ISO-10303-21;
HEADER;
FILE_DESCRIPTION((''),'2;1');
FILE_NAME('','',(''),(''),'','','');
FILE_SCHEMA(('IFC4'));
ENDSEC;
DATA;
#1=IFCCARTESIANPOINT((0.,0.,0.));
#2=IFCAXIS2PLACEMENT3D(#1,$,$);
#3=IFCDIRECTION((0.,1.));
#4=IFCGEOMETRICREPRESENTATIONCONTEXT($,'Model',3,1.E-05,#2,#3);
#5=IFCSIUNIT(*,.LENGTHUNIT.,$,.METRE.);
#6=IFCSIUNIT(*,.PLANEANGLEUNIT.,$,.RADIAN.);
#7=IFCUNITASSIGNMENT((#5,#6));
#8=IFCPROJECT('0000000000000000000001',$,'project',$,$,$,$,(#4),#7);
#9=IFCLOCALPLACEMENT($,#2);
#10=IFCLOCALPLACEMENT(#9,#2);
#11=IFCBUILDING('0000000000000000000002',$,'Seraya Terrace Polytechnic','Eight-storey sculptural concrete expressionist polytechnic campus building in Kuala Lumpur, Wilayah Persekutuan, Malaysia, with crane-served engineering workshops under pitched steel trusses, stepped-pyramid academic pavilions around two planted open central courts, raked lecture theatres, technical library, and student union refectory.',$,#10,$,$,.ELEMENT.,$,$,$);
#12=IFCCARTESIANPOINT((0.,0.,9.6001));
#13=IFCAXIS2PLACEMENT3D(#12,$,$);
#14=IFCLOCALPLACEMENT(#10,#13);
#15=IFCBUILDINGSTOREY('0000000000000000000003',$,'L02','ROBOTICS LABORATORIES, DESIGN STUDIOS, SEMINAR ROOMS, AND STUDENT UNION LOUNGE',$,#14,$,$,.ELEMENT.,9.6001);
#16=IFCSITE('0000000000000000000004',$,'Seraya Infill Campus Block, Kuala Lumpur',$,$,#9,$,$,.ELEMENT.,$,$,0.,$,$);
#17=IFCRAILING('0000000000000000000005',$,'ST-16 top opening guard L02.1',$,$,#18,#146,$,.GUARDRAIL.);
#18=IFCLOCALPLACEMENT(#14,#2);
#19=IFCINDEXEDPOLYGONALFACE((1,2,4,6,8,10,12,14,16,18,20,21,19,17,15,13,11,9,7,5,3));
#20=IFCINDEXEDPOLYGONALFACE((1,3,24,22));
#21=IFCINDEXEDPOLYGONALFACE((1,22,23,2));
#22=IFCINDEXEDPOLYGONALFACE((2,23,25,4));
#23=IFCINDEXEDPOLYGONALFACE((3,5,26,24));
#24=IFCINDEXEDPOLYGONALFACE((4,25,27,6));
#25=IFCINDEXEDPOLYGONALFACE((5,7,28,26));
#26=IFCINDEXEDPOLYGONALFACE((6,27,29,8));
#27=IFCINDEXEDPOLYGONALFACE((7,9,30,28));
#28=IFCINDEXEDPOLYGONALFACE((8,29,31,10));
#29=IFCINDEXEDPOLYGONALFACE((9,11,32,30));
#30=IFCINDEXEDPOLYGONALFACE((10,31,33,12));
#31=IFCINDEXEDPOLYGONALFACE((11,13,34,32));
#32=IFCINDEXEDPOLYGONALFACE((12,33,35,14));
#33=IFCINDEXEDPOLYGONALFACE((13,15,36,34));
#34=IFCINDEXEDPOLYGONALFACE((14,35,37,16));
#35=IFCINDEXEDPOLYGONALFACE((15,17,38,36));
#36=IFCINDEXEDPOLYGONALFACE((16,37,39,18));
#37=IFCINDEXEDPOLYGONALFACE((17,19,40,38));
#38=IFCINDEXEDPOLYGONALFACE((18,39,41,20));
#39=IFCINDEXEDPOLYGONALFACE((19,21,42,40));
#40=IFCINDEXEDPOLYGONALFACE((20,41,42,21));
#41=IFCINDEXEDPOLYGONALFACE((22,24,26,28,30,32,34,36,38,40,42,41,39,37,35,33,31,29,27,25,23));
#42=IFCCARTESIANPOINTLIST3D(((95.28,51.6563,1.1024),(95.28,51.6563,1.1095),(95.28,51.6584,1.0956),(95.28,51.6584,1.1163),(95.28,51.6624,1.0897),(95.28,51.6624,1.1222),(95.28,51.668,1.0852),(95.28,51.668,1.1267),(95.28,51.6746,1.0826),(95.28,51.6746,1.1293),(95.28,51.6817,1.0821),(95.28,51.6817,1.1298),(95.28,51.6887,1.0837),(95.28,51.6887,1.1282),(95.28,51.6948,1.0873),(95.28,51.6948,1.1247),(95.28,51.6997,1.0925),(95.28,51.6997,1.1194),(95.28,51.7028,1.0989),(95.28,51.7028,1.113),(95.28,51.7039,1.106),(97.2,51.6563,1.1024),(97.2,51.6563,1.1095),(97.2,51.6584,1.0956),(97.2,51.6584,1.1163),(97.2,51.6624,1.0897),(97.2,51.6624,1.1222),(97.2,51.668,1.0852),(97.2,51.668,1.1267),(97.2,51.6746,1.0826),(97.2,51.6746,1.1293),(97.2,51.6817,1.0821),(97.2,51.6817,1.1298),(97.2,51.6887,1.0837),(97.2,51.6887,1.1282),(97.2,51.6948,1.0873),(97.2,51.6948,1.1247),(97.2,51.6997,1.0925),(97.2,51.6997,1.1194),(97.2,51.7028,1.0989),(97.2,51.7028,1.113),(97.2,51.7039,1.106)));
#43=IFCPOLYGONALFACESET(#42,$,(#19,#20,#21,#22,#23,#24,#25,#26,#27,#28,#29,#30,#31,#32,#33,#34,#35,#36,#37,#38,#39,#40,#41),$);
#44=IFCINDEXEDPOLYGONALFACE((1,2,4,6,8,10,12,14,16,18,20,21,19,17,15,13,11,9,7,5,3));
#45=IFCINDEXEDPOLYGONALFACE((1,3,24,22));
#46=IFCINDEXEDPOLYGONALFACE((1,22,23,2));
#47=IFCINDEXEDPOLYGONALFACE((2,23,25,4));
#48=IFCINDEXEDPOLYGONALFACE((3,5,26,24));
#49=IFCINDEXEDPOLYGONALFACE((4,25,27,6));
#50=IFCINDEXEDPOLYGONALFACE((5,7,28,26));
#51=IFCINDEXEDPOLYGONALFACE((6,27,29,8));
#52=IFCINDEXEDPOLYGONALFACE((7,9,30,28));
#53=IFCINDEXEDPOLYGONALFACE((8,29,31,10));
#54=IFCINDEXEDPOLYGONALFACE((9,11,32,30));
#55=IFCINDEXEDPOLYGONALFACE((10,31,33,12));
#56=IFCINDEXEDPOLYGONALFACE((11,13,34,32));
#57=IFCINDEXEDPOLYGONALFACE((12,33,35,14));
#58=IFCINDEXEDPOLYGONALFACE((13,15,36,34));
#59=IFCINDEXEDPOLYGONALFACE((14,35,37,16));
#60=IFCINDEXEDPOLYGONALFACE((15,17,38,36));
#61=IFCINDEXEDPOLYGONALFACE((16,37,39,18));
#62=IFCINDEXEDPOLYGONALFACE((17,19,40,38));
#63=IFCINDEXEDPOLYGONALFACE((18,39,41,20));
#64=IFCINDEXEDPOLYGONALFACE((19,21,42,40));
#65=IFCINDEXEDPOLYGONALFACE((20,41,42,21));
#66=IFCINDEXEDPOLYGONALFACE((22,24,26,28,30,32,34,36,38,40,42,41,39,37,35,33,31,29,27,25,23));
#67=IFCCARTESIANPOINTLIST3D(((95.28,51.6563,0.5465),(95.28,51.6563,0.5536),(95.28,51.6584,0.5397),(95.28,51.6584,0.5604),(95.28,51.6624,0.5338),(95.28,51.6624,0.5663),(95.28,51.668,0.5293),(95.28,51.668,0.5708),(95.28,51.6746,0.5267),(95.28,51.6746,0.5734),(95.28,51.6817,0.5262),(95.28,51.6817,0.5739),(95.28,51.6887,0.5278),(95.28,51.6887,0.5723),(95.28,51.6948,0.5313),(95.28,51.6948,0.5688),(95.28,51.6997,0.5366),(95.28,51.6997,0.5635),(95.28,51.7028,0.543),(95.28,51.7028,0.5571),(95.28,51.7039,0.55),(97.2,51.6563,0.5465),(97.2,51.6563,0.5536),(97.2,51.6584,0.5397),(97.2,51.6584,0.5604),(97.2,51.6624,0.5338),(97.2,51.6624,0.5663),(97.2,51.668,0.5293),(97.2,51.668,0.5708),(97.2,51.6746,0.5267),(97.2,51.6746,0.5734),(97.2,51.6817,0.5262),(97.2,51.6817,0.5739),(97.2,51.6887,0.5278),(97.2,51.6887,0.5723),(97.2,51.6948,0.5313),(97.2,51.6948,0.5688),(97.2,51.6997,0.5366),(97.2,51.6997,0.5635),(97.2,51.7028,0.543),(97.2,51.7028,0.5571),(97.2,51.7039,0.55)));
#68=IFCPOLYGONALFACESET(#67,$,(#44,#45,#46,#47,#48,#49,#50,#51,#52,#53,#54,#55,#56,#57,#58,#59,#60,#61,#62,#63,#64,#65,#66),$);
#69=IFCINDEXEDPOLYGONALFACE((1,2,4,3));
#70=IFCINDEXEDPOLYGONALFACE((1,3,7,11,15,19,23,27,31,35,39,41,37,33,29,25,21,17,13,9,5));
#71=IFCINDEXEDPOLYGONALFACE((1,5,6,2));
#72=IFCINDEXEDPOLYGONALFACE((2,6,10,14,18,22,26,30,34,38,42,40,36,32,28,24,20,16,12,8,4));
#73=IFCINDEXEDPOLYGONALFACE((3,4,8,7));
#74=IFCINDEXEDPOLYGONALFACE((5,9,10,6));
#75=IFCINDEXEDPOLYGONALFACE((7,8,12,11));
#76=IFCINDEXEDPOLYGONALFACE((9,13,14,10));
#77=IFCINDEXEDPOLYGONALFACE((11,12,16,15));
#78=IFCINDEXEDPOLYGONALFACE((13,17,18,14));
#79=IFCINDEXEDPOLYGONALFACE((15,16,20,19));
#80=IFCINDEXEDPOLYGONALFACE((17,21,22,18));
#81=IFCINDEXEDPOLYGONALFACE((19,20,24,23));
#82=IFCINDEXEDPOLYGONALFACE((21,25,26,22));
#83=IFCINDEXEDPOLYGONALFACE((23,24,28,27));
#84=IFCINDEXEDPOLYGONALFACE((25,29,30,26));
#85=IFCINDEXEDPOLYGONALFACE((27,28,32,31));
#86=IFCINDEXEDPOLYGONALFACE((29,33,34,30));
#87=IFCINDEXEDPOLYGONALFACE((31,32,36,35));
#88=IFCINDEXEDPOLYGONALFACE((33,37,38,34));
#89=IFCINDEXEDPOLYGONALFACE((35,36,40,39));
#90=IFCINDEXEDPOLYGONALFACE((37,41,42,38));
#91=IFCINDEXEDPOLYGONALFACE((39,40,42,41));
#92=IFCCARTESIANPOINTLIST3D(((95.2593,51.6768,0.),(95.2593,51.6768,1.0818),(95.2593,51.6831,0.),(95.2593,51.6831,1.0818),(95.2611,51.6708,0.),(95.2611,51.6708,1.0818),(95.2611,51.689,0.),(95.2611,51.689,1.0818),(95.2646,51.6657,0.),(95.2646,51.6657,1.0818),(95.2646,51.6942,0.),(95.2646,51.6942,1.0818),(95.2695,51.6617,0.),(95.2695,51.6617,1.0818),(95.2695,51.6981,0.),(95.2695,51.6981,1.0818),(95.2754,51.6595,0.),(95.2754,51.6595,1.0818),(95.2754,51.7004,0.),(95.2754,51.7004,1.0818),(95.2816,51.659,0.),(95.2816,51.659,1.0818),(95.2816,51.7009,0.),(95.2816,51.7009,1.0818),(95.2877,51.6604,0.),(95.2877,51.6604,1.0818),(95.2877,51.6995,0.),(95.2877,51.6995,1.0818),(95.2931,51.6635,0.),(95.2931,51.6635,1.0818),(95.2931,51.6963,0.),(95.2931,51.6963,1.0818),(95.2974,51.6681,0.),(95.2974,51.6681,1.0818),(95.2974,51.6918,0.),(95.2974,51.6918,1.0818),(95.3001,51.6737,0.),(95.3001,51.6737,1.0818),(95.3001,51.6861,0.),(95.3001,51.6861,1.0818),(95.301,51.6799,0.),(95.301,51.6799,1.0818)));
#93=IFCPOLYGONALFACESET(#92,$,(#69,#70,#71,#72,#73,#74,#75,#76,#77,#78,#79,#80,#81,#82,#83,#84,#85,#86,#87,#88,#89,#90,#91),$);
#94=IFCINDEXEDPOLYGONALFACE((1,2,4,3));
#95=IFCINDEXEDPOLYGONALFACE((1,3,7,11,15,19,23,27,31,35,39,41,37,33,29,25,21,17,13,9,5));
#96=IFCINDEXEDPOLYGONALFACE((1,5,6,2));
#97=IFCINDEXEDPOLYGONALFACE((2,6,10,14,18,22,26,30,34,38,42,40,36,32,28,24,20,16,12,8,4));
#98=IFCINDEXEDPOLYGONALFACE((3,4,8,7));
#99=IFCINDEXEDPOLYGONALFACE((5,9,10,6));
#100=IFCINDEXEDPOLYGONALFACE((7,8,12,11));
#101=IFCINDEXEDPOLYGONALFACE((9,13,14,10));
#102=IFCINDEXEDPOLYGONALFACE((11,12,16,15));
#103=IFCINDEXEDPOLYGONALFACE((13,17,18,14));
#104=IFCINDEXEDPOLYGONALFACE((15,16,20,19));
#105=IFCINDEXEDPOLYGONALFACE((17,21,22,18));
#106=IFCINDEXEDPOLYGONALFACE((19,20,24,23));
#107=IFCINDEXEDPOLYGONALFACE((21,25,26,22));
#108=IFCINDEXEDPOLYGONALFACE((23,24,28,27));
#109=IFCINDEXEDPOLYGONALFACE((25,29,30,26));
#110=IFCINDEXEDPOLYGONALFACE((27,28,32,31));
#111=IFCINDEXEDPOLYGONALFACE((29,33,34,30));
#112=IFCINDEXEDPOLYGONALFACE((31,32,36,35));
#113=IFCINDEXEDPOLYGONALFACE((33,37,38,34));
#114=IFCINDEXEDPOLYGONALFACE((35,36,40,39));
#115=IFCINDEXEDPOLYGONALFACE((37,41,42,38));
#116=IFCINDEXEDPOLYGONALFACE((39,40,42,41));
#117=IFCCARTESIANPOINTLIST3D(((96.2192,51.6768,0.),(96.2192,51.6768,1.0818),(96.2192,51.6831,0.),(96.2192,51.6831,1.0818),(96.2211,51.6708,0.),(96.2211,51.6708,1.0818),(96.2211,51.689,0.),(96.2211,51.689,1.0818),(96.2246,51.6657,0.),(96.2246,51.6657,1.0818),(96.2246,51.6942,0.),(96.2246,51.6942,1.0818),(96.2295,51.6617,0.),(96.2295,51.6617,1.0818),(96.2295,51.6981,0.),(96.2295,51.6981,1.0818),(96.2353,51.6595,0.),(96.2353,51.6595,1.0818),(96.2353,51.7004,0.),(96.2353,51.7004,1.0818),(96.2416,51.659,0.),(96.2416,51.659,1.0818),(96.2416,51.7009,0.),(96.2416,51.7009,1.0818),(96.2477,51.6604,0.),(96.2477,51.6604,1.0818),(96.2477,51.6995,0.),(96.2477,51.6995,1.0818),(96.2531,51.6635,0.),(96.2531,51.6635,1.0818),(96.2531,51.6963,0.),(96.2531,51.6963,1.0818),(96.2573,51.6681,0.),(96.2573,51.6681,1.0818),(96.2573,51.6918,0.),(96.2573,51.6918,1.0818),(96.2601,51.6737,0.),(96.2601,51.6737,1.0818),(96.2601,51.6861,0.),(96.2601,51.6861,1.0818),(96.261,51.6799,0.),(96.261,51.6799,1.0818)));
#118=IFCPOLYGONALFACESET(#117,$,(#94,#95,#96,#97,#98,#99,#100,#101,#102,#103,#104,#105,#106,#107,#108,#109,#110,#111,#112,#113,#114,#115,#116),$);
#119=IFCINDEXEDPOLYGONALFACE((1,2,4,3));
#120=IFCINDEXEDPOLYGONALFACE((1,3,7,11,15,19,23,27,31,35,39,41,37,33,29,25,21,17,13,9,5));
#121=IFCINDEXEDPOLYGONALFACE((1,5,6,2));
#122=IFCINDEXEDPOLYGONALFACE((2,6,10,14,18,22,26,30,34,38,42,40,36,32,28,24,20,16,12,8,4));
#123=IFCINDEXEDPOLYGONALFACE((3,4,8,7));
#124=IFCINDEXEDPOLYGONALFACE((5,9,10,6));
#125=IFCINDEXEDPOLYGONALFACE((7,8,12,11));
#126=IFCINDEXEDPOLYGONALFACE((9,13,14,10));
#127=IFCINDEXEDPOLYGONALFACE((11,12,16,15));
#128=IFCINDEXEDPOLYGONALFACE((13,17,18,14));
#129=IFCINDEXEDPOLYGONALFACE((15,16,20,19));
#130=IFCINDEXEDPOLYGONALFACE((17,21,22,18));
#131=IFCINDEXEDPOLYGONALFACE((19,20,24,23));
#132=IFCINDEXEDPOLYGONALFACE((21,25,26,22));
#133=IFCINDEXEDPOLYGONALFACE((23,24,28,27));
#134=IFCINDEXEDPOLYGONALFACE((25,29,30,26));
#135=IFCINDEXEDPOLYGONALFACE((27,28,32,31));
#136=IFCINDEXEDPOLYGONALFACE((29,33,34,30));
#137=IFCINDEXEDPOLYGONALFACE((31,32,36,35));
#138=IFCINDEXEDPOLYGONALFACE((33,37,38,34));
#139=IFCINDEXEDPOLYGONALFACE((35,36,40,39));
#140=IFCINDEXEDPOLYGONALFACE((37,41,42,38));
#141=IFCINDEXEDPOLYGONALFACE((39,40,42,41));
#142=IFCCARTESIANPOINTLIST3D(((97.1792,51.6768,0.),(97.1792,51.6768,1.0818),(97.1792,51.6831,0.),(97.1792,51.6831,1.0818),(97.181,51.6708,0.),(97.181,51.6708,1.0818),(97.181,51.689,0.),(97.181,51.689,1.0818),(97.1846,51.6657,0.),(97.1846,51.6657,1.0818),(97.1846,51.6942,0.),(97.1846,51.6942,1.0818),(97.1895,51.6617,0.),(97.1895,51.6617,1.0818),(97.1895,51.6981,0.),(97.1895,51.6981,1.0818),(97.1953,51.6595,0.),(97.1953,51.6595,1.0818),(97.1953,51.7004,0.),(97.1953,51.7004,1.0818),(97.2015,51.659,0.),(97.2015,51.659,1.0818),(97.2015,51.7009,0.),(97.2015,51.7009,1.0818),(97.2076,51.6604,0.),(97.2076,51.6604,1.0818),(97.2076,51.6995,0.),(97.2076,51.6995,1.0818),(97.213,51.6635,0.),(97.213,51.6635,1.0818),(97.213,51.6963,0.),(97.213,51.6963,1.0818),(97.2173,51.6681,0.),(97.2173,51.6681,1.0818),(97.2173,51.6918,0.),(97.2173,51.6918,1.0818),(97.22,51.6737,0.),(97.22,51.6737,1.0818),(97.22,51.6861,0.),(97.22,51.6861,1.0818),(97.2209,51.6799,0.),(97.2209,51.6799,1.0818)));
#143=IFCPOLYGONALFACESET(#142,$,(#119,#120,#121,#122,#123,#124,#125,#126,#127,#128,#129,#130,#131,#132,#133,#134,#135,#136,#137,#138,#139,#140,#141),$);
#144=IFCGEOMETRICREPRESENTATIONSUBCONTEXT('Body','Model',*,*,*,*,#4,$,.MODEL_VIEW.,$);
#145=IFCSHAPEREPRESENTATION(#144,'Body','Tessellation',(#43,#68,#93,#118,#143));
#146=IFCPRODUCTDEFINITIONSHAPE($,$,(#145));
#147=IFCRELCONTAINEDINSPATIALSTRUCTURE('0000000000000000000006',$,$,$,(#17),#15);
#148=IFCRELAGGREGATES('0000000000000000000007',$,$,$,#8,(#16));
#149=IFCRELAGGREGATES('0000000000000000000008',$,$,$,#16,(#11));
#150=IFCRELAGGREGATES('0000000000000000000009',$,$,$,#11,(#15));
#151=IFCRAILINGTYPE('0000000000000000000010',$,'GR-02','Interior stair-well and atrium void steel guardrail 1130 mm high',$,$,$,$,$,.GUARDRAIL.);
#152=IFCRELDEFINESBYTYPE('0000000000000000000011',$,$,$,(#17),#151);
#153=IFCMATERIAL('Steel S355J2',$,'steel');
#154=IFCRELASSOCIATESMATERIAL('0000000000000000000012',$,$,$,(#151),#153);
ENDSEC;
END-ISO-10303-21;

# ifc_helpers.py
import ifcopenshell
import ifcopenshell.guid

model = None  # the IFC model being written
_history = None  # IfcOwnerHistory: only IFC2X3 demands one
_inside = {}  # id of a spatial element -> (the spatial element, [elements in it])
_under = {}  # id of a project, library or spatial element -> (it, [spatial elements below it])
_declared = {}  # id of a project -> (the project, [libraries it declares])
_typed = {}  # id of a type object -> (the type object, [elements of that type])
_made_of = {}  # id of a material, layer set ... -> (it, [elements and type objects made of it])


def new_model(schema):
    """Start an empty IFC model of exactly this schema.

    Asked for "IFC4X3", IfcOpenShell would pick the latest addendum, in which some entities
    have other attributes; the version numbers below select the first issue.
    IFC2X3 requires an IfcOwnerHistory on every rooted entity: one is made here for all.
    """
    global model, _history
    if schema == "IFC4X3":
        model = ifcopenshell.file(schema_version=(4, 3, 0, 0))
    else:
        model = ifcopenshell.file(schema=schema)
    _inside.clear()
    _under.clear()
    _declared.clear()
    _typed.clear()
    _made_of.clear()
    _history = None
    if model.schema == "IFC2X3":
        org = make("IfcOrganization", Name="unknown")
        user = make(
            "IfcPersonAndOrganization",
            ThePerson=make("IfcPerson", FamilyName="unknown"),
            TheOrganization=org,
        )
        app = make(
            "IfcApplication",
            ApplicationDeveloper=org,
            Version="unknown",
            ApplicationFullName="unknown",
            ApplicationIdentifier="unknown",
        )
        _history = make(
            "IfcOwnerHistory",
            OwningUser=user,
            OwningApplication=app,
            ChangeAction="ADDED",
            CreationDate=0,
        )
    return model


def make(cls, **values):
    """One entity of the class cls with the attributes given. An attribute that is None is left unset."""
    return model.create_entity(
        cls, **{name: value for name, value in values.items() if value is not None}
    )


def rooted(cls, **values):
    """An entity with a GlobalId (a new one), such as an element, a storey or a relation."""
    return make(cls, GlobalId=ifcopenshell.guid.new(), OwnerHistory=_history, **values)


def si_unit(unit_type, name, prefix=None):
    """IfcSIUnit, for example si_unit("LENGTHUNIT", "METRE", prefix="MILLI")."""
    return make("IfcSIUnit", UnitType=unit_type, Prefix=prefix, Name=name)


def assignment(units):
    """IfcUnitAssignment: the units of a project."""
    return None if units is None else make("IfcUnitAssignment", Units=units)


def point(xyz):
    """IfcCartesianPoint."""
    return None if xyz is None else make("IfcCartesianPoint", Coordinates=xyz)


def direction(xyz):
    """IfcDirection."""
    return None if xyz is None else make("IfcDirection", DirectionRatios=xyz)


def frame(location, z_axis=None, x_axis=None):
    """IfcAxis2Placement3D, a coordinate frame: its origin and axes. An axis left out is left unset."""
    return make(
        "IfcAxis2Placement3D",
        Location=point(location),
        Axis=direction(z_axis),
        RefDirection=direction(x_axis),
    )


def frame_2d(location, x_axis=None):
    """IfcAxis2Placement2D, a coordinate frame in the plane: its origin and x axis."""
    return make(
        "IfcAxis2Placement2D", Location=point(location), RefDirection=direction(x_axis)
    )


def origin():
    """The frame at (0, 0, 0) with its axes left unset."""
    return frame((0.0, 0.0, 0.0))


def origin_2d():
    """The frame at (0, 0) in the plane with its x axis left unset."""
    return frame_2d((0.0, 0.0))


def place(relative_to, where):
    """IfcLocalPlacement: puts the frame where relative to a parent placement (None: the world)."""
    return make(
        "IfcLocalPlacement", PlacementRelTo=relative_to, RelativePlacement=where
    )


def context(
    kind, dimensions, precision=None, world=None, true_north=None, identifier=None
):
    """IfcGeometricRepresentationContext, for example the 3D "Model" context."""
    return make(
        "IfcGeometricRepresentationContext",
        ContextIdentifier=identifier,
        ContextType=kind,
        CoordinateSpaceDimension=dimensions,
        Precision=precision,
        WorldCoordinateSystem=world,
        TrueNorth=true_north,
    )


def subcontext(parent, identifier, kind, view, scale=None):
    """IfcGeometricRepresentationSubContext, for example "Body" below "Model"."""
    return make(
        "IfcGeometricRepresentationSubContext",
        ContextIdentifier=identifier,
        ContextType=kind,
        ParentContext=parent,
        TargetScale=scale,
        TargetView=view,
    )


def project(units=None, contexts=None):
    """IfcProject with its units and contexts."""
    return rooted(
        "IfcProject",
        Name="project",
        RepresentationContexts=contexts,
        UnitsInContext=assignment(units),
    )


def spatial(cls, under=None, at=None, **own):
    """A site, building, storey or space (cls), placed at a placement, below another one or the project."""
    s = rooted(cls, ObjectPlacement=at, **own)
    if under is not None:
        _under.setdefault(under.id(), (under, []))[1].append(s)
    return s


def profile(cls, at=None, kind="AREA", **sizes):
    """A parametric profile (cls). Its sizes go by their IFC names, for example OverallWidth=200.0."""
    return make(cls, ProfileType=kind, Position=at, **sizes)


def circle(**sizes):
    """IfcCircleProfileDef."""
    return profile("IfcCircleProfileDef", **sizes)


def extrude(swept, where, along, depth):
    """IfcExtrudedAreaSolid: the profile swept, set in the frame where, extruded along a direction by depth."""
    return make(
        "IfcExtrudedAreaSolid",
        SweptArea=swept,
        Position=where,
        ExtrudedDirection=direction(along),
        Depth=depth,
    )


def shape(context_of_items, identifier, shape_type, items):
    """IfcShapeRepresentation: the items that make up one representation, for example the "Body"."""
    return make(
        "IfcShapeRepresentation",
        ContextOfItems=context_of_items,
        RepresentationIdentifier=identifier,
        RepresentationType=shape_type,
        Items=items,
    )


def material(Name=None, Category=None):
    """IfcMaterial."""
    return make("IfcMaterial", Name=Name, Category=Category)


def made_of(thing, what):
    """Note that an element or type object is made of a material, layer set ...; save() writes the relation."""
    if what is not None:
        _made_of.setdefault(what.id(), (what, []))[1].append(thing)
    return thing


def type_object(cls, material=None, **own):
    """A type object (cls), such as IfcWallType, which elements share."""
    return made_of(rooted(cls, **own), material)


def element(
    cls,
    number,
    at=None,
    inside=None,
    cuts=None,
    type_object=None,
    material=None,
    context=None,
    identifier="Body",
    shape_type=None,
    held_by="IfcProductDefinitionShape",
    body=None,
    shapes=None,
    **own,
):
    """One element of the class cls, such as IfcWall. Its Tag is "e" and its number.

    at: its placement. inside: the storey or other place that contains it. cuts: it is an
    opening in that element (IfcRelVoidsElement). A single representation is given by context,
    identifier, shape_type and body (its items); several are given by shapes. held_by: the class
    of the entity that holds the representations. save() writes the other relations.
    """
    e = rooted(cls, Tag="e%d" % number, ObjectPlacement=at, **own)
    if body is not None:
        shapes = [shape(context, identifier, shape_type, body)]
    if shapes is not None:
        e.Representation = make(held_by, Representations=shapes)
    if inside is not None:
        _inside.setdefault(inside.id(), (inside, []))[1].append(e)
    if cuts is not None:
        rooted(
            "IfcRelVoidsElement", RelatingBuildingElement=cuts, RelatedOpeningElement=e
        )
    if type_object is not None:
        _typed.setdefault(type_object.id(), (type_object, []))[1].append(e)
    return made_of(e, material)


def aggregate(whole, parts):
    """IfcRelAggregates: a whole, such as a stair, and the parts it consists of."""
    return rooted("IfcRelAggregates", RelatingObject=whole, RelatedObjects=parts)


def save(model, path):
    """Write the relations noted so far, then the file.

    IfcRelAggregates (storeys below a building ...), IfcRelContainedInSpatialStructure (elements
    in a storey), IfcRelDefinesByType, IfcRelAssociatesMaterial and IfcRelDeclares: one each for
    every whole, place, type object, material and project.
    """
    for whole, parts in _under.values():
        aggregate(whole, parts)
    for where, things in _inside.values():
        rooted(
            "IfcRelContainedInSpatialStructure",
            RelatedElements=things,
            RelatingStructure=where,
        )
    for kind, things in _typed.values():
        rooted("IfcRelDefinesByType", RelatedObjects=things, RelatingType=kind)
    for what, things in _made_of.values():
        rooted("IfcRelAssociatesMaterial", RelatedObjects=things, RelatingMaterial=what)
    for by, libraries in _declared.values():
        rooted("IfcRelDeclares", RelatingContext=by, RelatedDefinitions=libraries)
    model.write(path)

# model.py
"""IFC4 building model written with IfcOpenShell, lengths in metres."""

from ifc_helpers import new_model, si_unit, direction, frame, origin, origin_2d, place, context, subcontext, project, spatial, circle, extrude, material, type_object, element, save


model = new_model("IFC4")

# Units and contexts
model_context = context("Model", 3, precision=1e-05, world=origin(), true_north=direction((0.0, 1.0)))
body_context = subcontext(model_context, "Body", "Model", "MODEL_VIEW")
ifc_project = project(units=[si_unit("LENGTHUNIT", "METRE"), si_unit("PLANEANGLEUNIT", "RADIAN")], contexts=[model_context])

# Site, building, storey
site_placement = place(None, origin())
site = spatial("IfcSite", under=ifc_project, at=site_placement, Name="Seraya Infill Campus Block, Kuala Lumpur", CompositionType="ELEMENT", RefElevation=0.0)
building_placement = place(site_placement, origin())
building = spatial("IfcBuilding", under=site, at=building_placement, Name="Seraya Terrace Polytechnic", Description="Eight-storey sculptural concrete expressionist polytechnic campus building in Kuala Lumpur, Wilayah Persekutuan, Malaysia, with crane-served engineering workshops under pitched steel trusses, stepped-pyramid academic pavilions around two planted open central courts, raked lecture theatres, technical library, and student union refectory.", CompositionType="ELEMENT")
storey_placement = place(building_placement, frame((0.0, 0.0, 9.6001)))
storey = spatial("IfcBuildingStorey", under=building, at=storey_placement, Name="L02", Description="ROBOTICS LABORATORIES, DESIGN STUDIOS, SEMINAR ROOMS, AND STUDENT UNION LOUNGE", CompositionType="ELEMENT", Elevation=9.6001)

# Railing
ifc_material_1 = material(Name="Steel S355J2", Category="steel")
railing_type = type_object("IfcRailingType", Name="GR-02", Description="Interior stair-well and atrium void steel guardrail 1130 mm high", PredefinedType="GUARDRAIL", material=ifc_material_1)
railing_placement = place(storey_placement, frame((95.28, 51.6799, 0.0)))
element("IfcRailing", 1, at=railing_placement, inside=storey, type_object=railing_type, Name="ST-16 top opening guard L02.1", PredefinedType="GUARDRAIL", context=body_context, shape_type="SweptSolid", body=[
    extrude(circle(Radius=0.0239, at=origin_2d()), frame((0.0, 0.0, 1.106), z_axis=(1.0, 0.0, 0.0), x_axis=(0.0, 1.0, 0.0)), (0.0, 0.0, 1.0), 1.9199),
    extrude(circle(Radius=0.0239, at=origin_2d()), frame((0.0, 0.0, 0.55), z_axis=(1.0, 0.0, 0.0), x_axis=(0.0, 1.0, 0.0)), (0.0, 0.0, 1.0), 1.9199),
    extrude(circle(Radius=0.021, at=origin_2d()), origin(), (0.0, 0.0, 1.0), 1.0818),
    extrude(circle(Radius=0.021, at=origin_2d()), frame((0.96, 0.0, 0.0)), (0.0, 0.0, 1.0), 1.0818),
    extrude(circle(Radius=0.021, at=origin_2d()), frame((1.9199, 0.0, 0.0)), (0.0, 0.0, 1.0), 1.0818),
])

save(model, "model.ifc")
